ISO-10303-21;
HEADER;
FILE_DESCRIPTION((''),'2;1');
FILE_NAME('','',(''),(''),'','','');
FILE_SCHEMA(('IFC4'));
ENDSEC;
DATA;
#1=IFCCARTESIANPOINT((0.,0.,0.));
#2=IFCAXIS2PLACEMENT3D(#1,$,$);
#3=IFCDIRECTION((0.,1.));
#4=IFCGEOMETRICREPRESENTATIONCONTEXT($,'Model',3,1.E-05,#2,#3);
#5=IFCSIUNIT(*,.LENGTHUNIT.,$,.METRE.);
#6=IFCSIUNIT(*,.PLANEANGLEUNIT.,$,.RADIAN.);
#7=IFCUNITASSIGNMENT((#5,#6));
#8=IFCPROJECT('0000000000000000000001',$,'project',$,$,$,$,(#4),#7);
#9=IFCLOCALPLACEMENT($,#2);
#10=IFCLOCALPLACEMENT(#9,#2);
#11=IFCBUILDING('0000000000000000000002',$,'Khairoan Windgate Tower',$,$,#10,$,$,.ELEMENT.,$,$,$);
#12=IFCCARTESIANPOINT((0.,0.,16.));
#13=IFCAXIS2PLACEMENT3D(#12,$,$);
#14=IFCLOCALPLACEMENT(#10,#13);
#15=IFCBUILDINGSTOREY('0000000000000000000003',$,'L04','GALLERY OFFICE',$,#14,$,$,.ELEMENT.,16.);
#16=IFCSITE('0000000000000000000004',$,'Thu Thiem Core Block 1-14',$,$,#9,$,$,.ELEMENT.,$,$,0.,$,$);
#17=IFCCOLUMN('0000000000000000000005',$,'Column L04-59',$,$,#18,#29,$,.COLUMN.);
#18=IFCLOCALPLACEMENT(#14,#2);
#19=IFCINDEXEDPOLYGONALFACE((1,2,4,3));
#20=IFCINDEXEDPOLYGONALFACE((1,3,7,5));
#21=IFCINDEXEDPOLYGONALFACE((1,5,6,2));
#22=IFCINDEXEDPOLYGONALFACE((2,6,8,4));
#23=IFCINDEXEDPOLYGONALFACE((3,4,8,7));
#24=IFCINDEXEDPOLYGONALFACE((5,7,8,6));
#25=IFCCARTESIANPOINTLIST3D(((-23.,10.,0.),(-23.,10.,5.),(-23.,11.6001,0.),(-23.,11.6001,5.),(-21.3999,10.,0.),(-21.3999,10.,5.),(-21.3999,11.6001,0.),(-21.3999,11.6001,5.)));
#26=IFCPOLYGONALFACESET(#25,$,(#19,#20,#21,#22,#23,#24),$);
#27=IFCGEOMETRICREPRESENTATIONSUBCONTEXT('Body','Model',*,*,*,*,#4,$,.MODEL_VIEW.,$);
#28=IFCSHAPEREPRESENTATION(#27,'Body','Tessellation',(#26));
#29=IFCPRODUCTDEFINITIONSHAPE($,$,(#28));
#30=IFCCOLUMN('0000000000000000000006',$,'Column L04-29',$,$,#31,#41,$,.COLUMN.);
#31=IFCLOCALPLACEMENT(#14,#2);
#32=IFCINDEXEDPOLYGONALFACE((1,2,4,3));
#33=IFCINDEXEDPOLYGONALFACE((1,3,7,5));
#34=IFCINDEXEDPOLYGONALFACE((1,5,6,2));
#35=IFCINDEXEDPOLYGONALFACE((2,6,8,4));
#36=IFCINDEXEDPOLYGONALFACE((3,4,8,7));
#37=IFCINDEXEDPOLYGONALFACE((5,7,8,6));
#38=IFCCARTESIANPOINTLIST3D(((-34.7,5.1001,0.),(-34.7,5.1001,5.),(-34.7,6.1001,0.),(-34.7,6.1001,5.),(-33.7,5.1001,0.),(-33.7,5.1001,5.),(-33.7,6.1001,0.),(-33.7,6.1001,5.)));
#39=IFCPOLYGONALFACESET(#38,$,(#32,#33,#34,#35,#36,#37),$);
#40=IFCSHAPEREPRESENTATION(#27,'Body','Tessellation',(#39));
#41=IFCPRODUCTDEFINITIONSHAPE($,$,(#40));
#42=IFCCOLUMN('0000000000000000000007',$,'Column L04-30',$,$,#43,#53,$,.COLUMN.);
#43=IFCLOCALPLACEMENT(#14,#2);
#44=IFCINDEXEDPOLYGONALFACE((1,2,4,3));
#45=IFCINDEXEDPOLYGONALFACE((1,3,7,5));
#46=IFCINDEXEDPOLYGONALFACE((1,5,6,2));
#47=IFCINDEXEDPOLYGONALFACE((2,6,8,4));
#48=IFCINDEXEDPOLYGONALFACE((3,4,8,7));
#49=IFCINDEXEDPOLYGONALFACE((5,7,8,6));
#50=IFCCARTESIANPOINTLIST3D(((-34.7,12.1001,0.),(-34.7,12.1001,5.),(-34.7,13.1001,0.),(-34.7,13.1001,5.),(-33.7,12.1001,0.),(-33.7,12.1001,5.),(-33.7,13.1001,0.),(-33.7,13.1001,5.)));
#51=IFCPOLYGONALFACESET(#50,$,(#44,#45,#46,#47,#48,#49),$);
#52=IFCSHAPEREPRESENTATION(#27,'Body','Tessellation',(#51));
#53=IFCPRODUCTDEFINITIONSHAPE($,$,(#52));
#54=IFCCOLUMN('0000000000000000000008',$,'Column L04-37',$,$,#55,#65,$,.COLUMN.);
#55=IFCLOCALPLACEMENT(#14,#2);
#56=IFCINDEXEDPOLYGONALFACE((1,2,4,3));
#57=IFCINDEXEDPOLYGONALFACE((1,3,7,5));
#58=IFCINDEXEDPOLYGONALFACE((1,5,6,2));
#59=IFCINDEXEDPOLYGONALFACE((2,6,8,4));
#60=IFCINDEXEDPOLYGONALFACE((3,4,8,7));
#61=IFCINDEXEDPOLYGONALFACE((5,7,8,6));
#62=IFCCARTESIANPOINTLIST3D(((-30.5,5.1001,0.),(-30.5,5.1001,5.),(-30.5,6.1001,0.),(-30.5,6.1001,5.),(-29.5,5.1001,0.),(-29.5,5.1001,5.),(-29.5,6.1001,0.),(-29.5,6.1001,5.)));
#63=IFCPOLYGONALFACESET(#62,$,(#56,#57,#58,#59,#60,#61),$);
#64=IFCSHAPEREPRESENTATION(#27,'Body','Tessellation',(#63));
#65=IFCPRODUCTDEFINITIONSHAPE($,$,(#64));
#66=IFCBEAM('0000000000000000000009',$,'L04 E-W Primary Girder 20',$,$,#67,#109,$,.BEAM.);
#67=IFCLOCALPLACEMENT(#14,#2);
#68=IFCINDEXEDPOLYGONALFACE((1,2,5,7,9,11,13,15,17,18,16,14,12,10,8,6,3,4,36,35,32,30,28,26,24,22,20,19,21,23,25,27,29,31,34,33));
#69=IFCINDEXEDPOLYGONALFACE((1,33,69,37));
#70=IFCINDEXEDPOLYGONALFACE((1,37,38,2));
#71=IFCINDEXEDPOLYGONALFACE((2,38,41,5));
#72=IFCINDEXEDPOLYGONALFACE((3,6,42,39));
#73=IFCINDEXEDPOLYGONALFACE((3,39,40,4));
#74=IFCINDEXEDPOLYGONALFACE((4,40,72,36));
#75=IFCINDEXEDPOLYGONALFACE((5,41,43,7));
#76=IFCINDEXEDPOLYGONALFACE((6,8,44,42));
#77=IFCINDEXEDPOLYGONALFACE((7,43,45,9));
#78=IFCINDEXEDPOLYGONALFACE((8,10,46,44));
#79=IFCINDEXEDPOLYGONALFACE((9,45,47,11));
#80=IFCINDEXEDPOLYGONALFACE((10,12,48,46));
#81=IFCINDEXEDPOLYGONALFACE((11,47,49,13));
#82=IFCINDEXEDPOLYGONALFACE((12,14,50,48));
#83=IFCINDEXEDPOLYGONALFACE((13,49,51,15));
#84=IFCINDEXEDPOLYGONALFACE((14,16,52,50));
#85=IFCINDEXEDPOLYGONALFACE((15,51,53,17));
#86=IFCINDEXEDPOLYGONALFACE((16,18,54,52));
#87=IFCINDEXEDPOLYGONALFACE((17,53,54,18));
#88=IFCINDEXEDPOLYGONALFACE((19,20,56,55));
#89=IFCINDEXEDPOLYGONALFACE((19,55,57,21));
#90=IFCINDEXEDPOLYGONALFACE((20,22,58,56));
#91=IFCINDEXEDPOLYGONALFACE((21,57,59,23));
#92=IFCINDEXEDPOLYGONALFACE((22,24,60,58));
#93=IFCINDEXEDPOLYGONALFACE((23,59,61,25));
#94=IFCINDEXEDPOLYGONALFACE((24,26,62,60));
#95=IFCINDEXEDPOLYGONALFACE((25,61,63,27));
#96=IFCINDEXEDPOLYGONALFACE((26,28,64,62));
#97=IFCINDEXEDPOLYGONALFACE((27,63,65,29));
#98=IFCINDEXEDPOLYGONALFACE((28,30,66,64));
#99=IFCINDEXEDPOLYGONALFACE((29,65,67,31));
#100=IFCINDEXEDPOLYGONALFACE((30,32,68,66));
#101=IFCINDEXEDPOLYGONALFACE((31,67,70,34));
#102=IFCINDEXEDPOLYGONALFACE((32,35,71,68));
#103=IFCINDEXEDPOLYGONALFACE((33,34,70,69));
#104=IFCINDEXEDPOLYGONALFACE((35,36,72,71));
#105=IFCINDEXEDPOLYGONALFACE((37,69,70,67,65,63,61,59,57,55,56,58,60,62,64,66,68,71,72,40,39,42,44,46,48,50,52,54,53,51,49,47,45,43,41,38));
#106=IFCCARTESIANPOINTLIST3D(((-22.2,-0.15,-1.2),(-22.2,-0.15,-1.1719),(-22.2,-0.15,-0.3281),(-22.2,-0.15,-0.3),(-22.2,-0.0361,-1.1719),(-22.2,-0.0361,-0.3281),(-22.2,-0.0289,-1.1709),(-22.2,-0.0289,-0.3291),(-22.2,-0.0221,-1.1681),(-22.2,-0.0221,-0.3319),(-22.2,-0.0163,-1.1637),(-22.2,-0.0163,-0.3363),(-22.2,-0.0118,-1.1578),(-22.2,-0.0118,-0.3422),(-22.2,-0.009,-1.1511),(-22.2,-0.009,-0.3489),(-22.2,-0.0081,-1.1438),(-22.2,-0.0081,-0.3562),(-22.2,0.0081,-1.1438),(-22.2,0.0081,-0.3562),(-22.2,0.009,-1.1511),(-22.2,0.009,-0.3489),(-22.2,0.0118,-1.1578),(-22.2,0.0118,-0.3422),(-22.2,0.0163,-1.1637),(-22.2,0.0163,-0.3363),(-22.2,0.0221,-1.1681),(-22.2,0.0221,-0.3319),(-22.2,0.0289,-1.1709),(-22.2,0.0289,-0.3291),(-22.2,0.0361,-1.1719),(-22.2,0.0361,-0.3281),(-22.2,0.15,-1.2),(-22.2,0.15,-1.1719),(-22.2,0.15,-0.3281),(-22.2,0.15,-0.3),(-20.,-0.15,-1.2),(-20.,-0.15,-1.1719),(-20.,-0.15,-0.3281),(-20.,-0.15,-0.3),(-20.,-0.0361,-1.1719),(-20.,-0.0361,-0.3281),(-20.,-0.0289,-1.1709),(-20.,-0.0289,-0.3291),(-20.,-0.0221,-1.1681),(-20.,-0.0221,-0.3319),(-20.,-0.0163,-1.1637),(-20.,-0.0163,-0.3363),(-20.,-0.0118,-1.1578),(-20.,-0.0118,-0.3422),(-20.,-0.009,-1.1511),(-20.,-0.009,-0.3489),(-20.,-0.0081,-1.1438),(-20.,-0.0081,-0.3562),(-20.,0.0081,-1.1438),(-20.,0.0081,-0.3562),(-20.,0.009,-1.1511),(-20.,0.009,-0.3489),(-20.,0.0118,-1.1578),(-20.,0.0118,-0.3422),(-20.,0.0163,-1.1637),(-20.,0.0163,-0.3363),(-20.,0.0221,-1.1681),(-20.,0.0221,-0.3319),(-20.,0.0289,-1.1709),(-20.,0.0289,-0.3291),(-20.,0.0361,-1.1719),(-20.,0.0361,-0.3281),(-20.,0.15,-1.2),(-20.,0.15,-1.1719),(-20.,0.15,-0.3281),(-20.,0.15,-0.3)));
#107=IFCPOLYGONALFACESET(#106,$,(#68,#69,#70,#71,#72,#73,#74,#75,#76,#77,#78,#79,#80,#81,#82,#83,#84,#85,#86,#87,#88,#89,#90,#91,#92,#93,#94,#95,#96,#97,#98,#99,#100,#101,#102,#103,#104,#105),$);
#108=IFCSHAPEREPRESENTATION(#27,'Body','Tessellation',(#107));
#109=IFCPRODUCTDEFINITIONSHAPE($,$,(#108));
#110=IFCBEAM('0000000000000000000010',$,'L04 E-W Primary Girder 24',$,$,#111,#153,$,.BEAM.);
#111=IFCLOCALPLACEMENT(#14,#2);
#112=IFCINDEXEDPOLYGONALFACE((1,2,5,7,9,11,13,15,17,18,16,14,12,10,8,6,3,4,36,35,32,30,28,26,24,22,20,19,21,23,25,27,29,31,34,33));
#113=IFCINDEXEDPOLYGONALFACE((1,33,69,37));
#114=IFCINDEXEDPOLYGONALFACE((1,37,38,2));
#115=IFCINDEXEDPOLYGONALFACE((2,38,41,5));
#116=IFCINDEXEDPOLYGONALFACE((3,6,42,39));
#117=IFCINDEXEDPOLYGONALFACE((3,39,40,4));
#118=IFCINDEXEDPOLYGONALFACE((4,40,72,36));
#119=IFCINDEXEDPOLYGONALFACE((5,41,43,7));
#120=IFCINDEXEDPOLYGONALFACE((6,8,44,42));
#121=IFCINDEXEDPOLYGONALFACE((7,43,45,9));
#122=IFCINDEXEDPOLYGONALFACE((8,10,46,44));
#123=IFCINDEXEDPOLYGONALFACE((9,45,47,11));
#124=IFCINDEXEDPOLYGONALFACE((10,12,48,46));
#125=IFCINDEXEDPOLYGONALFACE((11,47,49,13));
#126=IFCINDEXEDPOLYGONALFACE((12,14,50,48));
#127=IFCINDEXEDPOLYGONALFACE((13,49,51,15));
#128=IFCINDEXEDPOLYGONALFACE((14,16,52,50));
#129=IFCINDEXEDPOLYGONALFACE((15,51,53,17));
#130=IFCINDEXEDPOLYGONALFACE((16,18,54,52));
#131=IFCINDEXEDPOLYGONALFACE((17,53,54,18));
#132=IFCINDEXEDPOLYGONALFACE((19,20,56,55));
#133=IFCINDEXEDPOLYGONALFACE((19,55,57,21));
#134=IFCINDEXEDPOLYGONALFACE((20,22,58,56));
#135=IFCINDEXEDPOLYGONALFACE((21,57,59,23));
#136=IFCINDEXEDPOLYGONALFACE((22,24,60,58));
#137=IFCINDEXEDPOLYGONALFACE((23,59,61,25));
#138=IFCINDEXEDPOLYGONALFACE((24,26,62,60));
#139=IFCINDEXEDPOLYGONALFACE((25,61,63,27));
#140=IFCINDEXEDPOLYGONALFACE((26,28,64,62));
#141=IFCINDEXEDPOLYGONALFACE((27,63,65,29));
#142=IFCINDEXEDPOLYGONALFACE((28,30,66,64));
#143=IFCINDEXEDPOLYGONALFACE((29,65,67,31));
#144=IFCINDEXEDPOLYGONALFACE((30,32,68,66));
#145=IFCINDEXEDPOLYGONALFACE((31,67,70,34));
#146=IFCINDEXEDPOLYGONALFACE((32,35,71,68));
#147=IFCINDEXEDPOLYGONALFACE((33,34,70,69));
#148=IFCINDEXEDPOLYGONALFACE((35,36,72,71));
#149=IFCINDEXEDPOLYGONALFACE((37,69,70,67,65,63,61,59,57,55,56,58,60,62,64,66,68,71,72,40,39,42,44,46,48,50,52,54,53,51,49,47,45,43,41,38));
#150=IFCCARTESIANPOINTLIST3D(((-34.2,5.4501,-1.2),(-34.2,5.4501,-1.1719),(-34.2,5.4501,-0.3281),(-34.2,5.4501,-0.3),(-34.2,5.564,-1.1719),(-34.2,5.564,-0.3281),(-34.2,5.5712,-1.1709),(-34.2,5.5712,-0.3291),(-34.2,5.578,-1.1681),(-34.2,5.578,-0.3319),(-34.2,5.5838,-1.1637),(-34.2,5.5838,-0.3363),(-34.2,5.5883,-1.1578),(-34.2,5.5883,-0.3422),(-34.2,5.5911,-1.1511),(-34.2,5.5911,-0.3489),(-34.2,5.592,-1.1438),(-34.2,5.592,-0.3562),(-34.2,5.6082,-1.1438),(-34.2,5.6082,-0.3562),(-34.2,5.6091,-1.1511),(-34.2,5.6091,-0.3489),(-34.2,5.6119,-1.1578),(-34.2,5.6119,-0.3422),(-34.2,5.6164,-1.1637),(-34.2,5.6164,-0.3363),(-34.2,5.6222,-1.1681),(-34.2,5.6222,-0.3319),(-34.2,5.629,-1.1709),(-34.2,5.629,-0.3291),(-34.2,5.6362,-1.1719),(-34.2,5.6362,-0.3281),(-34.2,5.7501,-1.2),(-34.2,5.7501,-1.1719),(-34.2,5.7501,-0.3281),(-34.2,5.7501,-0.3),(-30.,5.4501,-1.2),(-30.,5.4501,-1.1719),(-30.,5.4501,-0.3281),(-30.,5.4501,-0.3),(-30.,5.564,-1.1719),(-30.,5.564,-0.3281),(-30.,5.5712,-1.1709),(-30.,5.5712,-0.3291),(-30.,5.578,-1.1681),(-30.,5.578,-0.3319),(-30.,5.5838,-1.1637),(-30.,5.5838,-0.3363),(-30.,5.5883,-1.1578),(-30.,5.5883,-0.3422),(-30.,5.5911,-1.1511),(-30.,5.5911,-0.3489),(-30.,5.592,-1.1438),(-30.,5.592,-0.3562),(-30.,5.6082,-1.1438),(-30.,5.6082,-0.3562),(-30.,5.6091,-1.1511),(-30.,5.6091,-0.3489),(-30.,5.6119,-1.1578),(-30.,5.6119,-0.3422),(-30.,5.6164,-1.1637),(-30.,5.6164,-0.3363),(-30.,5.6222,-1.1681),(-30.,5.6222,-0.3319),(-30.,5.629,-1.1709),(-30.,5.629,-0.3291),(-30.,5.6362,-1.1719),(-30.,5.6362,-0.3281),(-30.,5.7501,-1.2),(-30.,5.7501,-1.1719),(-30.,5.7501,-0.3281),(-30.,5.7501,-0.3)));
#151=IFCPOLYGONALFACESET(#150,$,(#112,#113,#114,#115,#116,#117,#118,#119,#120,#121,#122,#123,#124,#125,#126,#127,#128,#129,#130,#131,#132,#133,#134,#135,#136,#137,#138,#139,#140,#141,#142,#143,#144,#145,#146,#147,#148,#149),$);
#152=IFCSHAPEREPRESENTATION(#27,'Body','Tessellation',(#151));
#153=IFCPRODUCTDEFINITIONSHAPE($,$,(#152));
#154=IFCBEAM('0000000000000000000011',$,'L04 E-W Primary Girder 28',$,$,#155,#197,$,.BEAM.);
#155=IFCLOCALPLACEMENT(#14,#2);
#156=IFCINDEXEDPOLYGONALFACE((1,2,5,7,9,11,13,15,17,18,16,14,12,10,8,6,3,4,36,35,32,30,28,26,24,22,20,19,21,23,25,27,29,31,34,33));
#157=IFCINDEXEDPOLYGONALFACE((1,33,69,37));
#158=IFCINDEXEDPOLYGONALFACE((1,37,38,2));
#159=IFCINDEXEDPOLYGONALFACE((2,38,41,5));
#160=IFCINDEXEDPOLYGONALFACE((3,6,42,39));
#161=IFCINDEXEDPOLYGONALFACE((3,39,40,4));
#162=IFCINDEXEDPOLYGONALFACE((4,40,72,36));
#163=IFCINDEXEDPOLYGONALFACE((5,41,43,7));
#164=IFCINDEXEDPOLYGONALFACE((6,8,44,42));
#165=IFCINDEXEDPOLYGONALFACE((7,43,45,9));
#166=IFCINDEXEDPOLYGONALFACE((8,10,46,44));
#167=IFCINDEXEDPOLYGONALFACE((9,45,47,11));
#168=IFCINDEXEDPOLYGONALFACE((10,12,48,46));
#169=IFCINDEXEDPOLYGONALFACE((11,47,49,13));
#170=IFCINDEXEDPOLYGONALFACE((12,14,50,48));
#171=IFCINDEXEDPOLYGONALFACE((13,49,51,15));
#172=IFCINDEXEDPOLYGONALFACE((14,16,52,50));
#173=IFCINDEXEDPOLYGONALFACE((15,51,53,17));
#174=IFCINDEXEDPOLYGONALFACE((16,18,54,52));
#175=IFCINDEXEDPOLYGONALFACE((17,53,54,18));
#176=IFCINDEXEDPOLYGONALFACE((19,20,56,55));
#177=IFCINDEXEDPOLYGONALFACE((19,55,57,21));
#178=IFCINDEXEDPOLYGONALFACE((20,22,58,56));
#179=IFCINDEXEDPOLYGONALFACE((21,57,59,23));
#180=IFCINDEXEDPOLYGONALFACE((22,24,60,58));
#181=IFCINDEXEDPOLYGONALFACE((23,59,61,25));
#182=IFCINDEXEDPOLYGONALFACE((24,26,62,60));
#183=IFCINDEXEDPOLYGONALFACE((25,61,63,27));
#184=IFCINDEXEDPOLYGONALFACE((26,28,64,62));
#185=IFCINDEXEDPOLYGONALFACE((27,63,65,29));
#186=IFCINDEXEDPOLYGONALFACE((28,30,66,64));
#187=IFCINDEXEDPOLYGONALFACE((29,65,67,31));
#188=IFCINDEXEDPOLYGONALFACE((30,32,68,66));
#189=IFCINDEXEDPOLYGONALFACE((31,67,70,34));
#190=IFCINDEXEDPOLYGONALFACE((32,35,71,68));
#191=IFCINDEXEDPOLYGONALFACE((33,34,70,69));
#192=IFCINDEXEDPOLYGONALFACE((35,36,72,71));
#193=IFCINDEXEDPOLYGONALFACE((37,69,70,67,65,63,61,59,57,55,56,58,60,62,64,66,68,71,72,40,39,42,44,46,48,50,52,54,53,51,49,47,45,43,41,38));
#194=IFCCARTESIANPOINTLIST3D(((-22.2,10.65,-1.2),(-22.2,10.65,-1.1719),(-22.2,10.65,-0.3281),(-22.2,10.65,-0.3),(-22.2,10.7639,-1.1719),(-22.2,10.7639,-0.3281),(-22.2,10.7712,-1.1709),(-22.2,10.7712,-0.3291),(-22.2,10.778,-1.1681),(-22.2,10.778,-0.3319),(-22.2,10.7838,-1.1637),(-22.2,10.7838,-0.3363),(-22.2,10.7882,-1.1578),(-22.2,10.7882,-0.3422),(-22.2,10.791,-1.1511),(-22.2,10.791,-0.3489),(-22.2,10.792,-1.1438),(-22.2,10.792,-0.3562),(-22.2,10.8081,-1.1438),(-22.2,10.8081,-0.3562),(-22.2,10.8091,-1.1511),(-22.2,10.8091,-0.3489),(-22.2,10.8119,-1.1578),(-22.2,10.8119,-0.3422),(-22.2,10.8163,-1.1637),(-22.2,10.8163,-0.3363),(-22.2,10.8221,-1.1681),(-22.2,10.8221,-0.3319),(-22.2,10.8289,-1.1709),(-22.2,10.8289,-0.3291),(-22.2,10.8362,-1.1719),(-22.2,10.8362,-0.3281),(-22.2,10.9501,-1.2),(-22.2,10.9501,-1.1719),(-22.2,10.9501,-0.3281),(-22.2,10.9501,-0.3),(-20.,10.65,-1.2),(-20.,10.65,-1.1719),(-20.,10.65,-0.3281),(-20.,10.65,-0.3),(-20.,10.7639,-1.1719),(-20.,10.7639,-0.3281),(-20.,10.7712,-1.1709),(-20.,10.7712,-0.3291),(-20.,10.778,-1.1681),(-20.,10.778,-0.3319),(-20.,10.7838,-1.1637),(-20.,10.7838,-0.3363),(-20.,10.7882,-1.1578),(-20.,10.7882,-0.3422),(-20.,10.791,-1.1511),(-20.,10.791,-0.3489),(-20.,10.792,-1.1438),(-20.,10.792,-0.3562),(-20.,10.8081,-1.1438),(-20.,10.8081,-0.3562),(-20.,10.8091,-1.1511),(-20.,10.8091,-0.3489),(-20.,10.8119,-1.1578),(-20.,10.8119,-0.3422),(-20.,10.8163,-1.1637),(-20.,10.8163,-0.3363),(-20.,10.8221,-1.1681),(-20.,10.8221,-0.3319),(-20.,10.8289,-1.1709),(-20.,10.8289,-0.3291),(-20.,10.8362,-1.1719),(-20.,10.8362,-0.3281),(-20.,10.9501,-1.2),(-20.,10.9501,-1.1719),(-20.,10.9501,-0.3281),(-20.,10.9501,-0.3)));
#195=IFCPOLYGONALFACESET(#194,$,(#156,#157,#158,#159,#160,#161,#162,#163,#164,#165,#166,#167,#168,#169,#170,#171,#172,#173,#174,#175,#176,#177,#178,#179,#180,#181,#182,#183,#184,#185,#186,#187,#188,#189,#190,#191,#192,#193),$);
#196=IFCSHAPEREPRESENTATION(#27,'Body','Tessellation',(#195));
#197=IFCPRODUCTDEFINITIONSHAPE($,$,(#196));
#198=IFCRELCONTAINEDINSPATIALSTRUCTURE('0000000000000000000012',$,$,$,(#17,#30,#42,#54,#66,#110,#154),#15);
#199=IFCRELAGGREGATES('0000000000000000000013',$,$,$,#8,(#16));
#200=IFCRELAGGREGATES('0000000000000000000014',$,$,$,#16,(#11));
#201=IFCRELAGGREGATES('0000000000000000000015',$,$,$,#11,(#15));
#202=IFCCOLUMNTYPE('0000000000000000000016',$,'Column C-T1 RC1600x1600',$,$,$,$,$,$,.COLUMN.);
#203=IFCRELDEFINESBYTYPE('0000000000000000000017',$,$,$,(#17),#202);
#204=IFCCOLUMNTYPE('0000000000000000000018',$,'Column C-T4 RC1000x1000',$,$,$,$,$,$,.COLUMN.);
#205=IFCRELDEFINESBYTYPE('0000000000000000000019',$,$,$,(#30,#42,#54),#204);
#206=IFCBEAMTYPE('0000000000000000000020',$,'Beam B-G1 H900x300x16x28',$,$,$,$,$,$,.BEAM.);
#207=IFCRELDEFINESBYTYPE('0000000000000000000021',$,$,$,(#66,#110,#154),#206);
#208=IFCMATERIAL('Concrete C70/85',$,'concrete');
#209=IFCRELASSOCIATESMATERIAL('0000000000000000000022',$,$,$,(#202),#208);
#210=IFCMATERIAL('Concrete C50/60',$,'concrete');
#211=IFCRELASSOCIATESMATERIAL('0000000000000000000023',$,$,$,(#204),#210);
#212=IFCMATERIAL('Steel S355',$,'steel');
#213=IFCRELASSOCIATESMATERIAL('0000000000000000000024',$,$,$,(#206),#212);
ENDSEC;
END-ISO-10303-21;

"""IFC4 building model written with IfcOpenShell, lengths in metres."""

from ifc_helpers import new_model, si_unit, direction, frame, origin, origin_2d, place, context, subcontext, project, spatial, rectangle, i_section, extrude, material, material_profile, profile_set, type_object, element, save


model = new_model("IFC4")

# Units and contexts
model_context = context("Model", 3, precision=1e-05, world=origin(), true_north=direction((0.0, 1.0)))
body_context = subcontext(model_context, "Body", "Model", "MODEL_VIEW")
ifc_project = project(units=[si_unit("LENGTHUNIT", "METRE"), si_unit("PLANEANGLEUNIT", "RADIAN")], contexts=[model_context])

# Site, building, storey
site_placement = place(None, origin())
site = spatial("IfcSite", under=ifc_project, at=site_placement, Name="Thu Thiem Core Block 1-14", CompositionType="ELEMENT", RefElevation=0.0)
building_placement = place(site_placement, origin())
building = spatial("IfcBuilding", under=site, at=building_placement, Name="Khairoan Windgate Tower", CompositionType="ELEMENT")
storey_placement = place(building_placement, frame((0.0, 0.0, 16.0)))
storey = spatial("IfcBuildingStorey", under=building, at=storey_placement, Name="L04", Description="GALLERY OFFICE", CompositionType="ELEMENT", Elevation=16.0)

# Columns
ifc_material_1 = material(Name="Concrete C70/85", Category="concrete")
ifc_material_profile_1 = material_profile(ifc_material_1, rectangle(XDim=1.6001, YDim=1.6001, at=origin_2d()))
ifc_profile_set_1 = profile_set([ifc_material_profile_1], Name="Concrete C70/85")
column_type_1 = type_object("IfcColumnType", Name="Column C-T1 RC1600x1600", PredefinedType="COLUMN", material=ifc_profile_set_1)
column_placement = place(storey_placement, frame((-22.2, 10.8, 0.0), z_axis=(0.0, 0.0, 1.0), x_axis=(1.0, 0.0, 0.0)))
element("IfcColumn", 1, at=column_placement, inside=storey, type_object=column_type_1, Name="Column L04-59", PredefinedType="COLUMN", context=body_context, shape_type="SweptSolid", body=[
    extrude(rectangle(XDim=1.6001, YDim=1.6001, at=origin_2d()), origin(), (0.0, 0.0, 1.0), 5.0),
])
ifc_material_2 = material(Name="Concrete C50/60", Category="concrete")
ifc_material_profile_2 = material_profile(ifc_material_2, rectangle(XDim=1.0, YDim=1.0, at=origin_2d()))
ifc_profile_set_2 = profile_set([ifc_material_profile_2], Name="Concrete C50/60")
column_type_2 = type_object("IfcColumnType", Name="Column C-T4 RC1000x1000", PredefinedType="COLUMN", material=ifc_profile_set_2)
for number, where, z_axis, x_axis, name in (
    (2, (-34.2, 5.6001, 0.0), (0.0, 0.0, 1.0), (1.0, 0.0, 0.0), "Column L04-29"),
    (3, (-34.2, 12.6001, 0.0), (0.0, 0.0, 1.0), (1.0, 0.0, 0.0), "Column L04-30"),
    (4, (-30.0, 5.6001, 0.0), (0.0, 0.0, 1.0), (1.0, 0.0, 0.0), "Column L04-37"),
):
    element("IfcColumn", number, at=place(storey_placement, frame(where, z_axis=z_axis, x_axis=x_axis)), inside=storey, type_object=column_type_2, Name=name, PredefinedType="COLUMN", context=body_context, shape_type="SweptSolid", body=[
        extrude(rectangle(XDim=1.0, YDim=1.0, at=origin_2d()), origin(), (0.0, 0.0, 1.0), 5.0),
    ])

# Beams
ifc_material_3 = material(Name="Steel S355", Category="steel")
ifc_material_profile_3 = material_profile(ifc_material_3, i_section(OverallWidth=0.3, OverallDepth=0.8999, WebThickness=0.0161, FlangeThickness=0.0281, FilletRadius=0.0281, at=origin_2d()))
ifc_profile_set_3 = profile_set([ifc_material_profile_3], Name="Steel S355")
beam_type_1 = type_object("IfcBeamType", Name="Beam B-G1 H900x300x16x28", PredefinedType="BEAM", material=ifc_profile_set_3)
beam_1_placement = place(storey_placement, frame((-22.2, 0.0, -0.75), z_axis=(1.0, 0.0, 0.0), x_axis=(0.0, 1.0, 0.0)))
element("IfcBeam", 5, at=beam_1_placement, inside=storey, type_object=beam_type_1, Name="L04 E-W Primary Girder 20", PredefinedType="BEAM", context=body_context, shape_type="SweptSolid", body=[
    extrude(i_section(OverallWidth=0.3, OverallDepth=0.8999, WebThickness=0.0161, FlangeThickness=0.0281, FilletRadius=0.0281, at=origin_2d()), origin(), (0.0, 0.0, 1.0), 2.2),
])
beam_2_placement = place(storey_placement, frame((-34.2, 5.6001, -0.75), z_axis=(1.0, 0.0, 0.0), x_axis=(0.0, 1.0, 0.0)))
element("IfcBeam", 6, at=beam_2_placement, inside=storey, type_object=beam_type_1, Name="L04 E-W Primary Girder 24", PredefinedType="BEAM", context=body_context, shape_type="SweptSolid", body=[
    extrude(i_section(OverallWidth=0.3, OverallDepth=0.8999, WebThickness=0.0161, FlangeThickness=0.0281, FilletRadius=0.0281, at=origin_2d()), origin(), (0.0, 0.0, 1.0), 4.2),
])
beam_3_placement = place(storey_placement, frame((-22.2, 10.8, -0.75), z_axis=(1.0, 0.0, 0.0), x_axis=(0.0, 1.0, 0.0)))
element("IfcBeam", 7, at=beam_3_placement, inside=storey, type_object=beam_type_1, Name="L04 E-W Primary Girder 28", PredefinedType="BEAM", context=body_context, shape_type="SweptSolid", body=[
    extrude(i_section(OverallWidth=0.3, OverallDepth=0.8999, WebThickness=0.0161, FlangeThickness=0.0281, FilletRadius=0.0281, at=origin_2d()), origin(), (0.0, 0.0, 1.0), 2.2),
])

save(model, "model.ifc")
